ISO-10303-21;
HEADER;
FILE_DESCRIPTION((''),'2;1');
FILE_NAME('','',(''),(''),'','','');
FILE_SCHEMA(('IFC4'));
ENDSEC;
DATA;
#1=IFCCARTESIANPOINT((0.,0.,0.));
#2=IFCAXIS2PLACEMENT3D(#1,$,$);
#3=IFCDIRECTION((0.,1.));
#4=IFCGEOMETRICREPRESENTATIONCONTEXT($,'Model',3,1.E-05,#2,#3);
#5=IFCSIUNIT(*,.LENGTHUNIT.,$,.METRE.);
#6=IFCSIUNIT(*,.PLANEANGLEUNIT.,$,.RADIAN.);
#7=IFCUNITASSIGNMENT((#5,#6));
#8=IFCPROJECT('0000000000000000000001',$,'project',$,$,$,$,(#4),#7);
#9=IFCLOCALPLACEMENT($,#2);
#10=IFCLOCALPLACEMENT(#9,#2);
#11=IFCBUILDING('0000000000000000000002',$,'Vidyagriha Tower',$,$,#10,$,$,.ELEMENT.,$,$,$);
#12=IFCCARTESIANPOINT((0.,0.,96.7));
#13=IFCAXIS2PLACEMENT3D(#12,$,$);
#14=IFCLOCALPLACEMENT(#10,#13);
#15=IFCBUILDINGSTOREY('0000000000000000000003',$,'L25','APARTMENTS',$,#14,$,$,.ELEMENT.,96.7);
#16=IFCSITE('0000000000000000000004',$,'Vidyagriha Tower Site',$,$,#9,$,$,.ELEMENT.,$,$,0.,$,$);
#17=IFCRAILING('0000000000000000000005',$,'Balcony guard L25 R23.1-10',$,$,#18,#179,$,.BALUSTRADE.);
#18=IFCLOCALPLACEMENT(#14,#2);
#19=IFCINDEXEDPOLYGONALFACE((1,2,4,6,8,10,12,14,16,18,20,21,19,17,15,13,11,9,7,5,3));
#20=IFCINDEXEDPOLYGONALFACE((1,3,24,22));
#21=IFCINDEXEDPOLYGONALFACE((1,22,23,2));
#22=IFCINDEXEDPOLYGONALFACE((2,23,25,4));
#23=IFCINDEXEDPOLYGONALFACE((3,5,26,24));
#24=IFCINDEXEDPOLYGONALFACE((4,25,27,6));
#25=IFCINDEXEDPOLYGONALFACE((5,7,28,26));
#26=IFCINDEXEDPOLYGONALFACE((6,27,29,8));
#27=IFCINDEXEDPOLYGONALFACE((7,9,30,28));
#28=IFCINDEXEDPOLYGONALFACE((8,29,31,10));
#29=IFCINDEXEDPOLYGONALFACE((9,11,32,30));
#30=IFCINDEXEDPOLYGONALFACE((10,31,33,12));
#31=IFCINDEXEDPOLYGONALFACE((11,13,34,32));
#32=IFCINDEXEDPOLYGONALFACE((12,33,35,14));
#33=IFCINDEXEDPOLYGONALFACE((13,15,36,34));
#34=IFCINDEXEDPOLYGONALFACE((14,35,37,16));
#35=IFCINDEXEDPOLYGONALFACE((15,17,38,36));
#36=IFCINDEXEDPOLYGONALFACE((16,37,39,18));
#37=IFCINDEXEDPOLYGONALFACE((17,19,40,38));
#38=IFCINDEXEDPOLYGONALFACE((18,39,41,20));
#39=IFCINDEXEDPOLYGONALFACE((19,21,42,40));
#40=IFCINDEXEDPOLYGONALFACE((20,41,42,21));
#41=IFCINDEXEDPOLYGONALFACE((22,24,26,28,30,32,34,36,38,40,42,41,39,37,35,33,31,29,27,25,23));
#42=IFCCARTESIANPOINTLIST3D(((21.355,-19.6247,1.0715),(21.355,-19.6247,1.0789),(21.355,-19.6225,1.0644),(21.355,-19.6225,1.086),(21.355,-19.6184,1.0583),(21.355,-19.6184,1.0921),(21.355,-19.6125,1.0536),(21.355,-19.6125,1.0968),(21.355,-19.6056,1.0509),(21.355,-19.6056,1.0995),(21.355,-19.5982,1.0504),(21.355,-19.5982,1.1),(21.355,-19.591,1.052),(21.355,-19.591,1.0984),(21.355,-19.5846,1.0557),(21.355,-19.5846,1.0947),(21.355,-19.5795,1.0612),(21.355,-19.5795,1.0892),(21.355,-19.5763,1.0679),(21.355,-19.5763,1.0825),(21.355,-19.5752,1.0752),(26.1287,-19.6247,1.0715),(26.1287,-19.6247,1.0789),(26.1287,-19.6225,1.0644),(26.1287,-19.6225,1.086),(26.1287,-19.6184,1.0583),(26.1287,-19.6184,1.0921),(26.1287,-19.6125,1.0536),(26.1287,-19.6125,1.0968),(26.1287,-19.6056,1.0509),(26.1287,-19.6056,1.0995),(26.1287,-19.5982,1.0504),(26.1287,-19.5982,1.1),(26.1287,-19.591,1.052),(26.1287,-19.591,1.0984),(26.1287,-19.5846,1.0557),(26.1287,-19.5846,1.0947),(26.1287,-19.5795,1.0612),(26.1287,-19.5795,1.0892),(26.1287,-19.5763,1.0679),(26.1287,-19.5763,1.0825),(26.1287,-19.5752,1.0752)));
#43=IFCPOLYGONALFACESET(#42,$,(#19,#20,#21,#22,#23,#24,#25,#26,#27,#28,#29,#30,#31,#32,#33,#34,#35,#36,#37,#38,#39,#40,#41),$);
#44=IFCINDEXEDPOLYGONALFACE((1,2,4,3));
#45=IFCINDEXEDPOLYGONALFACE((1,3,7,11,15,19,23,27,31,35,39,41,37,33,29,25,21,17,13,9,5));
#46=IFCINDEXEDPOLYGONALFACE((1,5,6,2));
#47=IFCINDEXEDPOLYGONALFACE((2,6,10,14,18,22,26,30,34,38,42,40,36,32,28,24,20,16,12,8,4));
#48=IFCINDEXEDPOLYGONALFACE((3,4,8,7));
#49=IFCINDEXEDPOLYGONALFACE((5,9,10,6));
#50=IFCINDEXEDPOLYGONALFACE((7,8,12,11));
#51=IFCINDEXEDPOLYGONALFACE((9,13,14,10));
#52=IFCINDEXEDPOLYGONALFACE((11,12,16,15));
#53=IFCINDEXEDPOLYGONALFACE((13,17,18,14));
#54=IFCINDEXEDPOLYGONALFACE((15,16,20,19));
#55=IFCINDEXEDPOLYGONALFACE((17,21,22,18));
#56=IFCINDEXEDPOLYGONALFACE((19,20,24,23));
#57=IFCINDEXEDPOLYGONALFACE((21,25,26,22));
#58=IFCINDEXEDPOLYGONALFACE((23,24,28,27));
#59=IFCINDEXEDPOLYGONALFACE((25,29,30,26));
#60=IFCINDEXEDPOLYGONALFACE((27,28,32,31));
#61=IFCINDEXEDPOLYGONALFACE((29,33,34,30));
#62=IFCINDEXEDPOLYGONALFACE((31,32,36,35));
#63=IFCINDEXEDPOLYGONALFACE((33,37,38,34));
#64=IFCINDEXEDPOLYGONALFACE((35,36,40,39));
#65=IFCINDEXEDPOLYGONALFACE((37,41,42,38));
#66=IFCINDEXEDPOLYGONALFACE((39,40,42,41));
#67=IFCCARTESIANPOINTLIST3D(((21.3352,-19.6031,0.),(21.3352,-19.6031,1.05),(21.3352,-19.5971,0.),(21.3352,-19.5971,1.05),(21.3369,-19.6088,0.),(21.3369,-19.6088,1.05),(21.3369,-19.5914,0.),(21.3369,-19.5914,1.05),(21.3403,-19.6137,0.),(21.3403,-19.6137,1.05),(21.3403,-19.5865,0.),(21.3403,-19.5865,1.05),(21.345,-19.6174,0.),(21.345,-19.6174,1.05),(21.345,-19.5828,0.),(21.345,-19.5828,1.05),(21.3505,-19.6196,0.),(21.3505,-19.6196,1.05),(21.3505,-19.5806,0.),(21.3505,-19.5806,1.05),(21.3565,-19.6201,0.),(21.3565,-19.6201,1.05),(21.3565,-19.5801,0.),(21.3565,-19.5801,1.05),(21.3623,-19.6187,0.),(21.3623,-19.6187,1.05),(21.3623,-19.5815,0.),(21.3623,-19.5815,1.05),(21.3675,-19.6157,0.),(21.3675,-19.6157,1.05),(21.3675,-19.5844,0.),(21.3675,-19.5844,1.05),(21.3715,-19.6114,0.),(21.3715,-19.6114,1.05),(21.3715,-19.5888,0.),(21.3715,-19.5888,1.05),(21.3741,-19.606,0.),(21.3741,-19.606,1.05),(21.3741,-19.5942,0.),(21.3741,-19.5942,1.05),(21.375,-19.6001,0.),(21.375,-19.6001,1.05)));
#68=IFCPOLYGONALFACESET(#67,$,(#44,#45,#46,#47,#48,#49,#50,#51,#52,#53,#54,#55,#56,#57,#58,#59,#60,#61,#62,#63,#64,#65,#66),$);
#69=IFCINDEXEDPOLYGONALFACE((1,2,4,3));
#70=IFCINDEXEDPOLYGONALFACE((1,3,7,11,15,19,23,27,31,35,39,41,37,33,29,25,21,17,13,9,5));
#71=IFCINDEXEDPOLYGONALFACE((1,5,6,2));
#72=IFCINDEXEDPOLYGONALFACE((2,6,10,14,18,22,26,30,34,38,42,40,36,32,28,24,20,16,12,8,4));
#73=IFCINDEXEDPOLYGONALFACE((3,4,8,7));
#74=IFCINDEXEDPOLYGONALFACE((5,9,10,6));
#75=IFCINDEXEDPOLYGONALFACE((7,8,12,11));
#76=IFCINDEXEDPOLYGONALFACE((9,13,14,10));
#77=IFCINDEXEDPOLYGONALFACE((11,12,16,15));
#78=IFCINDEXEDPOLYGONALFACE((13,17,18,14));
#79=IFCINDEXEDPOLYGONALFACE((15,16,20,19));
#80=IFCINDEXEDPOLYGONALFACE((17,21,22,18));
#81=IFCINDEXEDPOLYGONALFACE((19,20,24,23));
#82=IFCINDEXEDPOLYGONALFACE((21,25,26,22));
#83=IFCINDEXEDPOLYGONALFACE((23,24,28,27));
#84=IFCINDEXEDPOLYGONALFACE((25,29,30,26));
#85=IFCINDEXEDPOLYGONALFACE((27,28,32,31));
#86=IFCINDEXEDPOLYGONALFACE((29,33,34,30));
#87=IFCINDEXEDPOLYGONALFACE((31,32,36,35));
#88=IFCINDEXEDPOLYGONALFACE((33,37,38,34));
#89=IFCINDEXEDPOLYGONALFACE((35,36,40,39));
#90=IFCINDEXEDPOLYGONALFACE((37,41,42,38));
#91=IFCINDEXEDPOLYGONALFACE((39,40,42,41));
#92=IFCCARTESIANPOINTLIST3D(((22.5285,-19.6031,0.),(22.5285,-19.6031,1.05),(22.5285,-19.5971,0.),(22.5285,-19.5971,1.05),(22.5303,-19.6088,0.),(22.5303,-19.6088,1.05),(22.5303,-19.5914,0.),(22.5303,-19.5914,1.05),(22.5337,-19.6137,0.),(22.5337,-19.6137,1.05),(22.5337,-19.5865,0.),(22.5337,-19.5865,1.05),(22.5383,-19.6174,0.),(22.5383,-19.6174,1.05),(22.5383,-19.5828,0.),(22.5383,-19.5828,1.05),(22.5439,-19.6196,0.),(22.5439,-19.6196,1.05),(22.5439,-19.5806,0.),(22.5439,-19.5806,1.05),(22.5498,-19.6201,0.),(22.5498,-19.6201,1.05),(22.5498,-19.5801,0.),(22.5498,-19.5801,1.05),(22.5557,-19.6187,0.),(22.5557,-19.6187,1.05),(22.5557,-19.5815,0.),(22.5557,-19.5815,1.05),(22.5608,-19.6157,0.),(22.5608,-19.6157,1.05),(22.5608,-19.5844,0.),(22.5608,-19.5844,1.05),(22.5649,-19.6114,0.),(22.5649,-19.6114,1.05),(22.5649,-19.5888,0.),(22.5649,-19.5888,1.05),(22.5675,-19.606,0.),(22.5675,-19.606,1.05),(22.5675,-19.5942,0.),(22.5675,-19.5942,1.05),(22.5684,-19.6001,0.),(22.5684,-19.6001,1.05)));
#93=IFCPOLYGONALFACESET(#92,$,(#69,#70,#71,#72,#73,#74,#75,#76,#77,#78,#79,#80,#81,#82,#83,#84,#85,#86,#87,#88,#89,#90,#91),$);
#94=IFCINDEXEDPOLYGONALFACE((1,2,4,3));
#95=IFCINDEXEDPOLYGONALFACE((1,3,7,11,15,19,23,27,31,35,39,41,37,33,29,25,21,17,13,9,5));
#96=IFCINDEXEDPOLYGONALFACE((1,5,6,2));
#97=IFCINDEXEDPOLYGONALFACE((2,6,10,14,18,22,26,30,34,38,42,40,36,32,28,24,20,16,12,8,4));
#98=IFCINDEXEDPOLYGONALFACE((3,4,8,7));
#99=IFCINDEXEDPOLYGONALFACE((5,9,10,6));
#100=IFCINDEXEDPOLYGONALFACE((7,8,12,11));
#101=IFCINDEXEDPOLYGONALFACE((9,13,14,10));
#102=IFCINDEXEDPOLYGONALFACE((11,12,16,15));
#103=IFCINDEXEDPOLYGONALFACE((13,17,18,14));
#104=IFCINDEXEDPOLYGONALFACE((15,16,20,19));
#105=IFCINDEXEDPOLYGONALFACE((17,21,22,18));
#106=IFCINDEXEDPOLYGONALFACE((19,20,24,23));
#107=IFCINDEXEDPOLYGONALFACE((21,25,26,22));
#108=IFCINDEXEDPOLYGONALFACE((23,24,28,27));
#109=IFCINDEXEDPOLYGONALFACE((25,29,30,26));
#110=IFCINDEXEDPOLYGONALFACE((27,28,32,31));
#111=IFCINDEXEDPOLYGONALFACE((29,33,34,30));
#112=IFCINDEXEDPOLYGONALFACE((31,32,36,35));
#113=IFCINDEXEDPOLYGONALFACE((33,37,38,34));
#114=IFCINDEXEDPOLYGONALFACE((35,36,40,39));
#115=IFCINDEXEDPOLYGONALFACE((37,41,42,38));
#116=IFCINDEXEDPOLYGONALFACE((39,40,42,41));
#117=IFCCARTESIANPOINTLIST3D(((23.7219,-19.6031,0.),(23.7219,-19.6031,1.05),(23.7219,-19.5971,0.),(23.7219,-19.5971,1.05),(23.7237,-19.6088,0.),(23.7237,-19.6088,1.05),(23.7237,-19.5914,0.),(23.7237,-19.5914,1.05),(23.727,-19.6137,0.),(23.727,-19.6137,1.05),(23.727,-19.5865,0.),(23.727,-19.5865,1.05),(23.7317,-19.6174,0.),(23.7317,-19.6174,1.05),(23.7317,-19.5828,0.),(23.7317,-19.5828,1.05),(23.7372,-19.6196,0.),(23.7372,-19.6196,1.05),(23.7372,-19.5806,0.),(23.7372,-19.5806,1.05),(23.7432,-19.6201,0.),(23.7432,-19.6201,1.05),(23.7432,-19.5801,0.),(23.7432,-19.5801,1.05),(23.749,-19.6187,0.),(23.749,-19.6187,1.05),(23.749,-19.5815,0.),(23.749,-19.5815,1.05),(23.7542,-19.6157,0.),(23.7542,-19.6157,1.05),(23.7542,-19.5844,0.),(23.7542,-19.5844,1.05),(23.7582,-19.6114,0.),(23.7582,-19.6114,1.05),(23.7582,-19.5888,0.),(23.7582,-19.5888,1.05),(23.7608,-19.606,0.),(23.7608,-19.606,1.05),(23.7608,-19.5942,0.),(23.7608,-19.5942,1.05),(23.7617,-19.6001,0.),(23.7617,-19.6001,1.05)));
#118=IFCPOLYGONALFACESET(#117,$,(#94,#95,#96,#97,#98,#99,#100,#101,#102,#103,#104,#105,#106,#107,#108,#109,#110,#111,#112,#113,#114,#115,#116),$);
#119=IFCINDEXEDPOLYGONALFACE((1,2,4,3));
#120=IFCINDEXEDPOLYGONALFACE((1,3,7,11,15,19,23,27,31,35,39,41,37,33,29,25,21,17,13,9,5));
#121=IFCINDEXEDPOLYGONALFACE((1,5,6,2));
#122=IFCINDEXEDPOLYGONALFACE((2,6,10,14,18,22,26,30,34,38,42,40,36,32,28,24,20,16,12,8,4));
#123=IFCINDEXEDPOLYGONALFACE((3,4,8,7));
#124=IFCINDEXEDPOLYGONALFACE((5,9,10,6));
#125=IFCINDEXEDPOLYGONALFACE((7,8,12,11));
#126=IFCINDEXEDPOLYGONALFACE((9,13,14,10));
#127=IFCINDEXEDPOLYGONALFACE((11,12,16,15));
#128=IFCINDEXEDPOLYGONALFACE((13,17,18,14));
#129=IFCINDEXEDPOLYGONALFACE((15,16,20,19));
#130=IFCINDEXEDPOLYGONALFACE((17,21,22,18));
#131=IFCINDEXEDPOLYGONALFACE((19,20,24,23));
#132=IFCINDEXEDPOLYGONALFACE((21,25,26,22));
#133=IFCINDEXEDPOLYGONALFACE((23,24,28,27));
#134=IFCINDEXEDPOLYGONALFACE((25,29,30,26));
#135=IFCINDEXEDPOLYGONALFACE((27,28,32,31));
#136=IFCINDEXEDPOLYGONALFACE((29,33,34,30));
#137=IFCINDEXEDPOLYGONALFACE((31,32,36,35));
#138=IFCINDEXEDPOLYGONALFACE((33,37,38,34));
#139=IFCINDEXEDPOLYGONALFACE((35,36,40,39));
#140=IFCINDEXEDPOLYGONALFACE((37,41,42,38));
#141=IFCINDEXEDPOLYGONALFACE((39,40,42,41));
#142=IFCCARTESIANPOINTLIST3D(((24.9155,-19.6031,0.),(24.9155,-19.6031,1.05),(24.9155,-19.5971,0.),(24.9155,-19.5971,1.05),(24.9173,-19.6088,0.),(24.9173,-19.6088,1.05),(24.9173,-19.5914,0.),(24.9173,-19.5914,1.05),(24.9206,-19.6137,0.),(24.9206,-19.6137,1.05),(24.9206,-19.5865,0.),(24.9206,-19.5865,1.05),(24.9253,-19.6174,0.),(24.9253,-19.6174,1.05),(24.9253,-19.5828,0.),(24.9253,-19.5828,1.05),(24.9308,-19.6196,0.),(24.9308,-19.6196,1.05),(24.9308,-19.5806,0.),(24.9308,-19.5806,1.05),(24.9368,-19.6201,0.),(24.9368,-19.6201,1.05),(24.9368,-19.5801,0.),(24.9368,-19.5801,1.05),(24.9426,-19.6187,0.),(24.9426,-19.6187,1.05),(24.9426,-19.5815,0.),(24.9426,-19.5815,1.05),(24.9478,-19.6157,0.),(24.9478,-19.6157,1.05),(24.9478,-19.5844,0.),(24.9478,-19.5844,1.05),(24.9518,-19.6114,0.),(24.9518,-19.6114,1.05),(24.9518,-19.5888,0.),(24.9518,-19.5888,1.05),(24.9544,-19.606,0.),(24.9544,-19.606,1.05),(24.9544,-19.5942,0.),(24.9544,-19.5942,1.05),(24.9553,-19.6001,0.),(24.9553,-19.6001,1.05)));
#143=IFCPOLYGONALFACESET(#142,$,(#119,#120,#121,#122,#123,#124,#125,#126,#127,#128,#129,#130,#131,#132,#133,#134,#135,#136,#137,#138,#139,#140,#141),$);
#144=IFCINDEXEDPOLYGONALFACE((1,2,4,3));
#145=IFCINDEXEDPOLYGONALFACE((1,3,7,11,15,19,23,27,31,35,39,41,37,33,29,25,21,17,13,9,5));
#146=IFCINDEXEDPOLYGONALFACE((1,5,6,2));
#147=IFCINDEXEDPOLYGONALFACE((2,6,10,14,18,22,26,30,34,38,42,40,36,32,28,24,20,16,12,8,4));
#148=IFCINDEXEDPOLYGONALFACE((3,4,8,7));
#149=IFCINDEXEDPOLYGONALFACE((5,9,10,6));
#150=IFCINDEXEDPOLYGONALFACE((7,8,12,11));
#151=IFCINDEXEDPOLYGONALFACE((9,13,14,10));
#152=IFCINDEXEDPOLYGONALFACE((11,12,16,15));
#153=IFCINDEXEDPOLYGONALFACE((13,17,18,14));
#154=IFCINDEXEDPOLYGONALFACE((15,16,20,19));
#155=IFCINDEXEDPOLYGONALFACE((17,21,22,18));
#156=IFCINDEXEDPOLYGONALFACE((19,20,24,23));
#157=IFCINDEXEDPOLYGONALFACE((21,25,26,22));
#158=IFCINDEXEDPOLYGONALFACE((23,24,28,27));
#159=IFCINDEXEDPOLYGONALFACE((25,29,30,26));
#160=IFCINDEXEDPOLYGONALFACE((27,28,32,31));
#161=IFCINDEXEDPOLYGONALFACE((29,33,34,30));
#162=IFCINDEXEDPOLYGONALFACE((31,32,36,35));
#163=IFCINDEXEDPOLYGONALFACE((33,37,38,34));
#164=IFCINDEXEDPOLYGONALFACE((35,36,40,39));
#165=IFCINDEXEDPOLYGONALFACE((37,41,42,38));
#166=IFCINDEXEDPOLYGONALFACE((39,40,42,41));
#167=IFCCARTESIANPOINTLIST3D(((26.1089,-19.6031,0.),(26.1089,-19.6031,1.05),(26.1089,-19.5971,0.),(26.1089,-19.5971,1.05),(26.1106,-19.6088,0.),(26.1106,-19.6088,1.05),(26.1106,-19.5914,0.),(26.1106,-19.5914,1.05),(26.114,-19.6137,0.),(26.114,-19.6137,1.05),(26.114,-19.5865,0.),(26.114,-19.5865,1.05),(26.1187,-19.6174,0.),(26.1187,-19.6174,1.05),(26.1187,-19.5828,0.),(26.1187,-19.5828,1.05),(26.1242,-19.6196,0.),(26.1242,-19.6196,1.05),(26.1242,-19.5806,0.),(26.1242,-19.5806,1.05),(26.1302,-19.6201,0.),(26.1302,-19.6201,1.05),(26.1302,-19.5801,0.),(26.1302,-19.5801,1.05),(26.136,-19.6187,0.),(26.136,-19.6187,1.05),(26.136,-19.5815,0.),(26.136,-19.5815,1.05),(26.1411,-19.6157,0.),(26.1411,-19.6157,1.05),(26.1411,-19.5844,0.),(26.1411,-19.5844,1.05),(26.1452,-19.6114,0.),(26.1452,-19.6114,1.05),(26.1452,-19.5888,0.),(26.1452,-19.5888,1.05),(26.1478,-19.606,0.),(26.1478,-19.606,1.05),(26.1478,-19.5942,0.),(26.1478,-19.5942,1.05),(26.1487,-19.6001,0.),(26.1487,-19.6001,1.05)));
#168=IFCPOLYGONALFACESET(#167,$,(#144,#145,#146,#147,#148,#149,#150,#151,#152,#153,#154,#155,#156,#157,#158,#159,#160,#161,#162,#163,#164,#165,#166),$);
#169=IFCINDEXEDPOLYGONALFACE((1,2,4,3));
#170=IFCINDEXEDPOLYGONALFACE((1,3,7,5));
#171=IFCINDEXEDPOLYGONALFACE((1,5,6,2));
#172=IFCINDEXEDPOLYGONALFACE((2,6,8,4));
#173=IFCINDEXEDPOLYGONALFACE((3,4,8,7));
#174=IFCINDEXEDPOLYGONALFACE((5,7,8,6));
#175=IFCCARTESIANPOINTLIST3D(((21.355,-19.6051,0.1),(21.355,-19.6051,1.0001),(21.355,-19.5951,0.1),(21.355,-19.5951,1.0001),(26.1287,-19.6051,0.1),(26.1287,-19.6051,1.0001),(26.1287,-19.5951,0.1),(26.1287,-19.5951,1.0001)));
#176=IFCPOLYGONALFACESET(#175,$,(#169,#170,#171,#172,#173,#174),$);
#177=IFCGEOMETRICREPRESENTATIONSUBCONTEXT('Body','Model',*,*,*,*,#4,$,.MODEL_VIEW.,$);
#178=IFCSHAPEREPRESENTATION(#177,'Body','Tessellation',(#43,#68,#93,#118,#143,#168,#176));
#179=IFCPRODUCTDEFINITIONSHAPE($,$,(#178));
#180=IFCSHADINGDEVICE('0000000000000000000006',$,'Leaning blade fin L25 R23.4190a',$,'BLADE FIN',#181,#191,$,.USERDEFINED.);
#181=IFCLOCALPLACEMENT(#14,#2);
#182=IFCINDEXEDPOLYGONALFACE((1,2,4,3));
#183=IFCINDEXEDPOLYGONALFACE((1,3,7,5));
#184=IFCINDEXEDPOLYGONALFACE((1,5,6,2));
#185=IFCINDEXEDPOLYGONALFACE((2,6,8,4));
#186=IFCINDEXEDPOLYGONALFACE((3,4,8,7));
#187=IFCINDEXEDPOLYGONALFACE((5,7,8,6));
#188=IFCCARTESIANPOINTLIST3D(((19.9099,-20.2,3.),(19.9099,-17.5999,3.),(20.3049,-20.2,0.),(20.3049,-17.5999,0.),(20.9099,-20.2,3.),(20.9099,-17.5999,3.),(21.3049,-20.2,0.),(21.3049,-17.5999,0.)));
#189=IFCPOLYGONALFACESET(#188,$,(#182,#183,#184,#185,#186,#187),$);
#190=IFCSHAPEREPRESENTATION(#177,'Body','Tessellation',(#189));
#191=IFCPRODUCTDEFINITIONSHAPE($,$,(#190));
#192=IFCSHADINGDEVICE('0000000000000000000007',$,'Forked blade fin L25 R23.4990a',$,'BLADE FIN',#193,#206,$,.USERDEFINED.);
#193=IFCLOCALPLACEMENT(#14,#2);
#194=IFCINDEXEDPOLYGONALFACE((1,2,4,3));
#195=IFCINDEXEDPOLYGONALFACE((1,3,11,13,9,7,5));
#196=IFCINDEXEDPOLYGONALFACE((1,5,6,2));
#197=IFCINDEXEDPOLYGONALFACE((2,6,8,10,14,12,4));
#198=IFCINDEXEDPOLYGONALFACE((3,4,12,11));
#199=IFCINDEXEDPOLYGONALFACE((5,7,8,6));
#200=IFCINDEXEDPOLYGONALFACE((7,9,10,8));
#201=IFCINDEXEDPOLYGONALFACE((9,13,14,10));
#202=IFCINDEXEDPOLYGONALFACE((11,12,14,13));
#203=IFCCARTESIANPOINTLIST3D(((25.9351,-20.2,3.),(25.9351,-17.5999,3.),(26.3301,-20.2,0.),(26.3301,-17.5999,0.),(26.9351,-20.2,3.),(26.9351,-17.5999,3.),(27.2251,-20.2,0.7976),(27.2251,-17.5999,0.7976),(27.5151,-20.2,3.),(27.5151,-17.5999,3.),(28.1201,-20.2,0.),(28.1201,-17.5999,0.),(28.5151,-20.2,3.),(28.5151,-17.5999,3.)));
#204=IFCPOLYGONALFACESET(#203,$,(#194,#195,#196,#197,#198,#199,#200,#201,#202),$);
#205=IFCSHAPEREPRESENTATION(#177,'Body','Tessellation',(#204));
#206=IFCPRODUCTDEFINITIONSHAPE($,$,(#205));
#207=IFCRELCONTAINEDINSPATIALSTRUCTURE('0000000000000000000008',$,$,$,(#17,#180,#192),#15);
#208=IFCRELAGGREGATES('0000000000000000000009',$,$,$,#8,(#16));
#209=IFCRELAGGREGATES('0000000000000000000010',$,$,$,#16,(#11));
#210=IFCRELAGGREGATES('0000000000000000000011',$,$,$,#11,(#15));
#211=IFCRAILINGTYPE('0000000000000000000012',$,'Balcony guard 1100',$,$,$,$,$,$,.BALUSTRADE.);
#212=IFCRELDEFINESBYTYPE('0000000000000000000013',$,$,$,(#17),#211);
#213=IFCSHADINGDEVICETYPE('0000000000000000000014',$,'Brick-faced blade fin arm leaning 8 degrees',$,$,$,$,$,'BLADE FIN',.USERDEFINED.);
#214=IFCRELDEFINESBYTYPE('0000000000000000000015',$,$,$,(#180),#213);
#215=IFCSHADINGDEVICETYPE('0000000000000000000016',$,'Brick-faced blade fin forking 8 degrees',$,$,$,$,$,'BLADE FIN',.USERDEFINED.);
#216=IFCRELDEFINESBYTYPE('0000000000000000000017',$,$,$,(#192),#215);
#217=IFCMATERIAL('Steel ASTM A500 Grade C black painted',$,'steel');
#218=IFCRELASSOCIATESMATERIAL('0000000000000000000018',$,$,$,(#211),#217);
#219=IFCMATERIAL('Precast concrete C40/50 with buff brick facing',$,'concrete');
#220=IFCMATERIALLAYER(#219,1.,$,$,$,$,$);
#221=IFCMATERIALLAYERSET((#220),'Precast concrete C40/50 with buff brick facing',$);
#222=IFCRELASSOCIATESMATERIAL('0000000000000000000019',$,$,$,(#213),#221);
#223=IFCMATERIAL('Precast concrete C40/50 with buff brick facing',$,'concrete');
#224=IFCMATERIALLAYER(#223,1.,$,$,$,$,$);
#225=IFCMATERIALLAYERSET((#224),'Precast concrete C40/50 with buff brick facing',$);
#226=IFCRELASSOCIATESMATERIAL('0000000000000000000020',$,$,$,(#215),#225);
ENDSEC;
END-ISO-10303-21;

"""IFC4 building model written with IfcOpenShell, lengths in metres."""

from ifc_helpers import new_model, si_unit, direction, frame, origin, origin_2d, place, context, subcontext, project, spatial, polyline, rectangle, circle, outline, extrude, material, layer, layer_set, type_object, element, save


model = new_model("IFC4")

# Units and contexts
model_context = context("Model", 3, precision=1e-05, world=origin(), true_north=direction((0.0, 1.0)))
body_context = subcontext(model_context, "Body", "Model", "MODEL_VIEW")
ifc_project = project(units=[si_unit("LENGTHUNIT", "METRE"), si_unit("PLANEANGLEUNIT", "RADIAN")], contexts=[model_context])

# Site, building, storey
site_placement = place(None, origin())
site = spatial("IfcSite", under=ifc_project, at=site_placement, Name="Vidyagriha Tower Site", CompositionType="ELEMENT", RefElevation=0.0)
building_placement = place(site_placement, origin())
building = spatial("IfcBuilding", under=site, at=building_placement, Name="Vidyagriha Tower", CompositionType="ELEMENT")
storey_placement = place(building_placement, frame((0.0, 0.0, 96.7)))
storey = spatial("IfcBuildingStorey", under=building, at=storey_placement, Name="L25", Description="APARTMENTS", CompositionType="ELEMENT", Elevation=96.7)

# Railing
ifc_material_1 = material(Name="Steel ASTM A500 Grade C black painted", Category="steel")
railing_type = type_object("IfcRailingType", Name="Balcony guard 1100", PredefinedType="BALUSTRADE", material=ifc_material_1)
railing_1_placement = place(storey_placement, frame((21.355, -19.6001, 0.0)))
element("IfcRailing", 1, at=railing_1_placement, inside=storey, type_object=railing_type, Name="Balcony guard L25 R23.1-10", PredefinedType="BALUSTRADE", context=body_context, shape_type="SweptSolid", body=[
    extrude(circle(Radius=0.0249, at=origin_2d()), frame((0.0, 0.0, 1.0752), z_axis=(1.0, 0.0, 0.0), x_axis=(0.0, 1.0, 0.0)), (0.0, 0.0, 1.0), 4.7737),
    extrude(circle(Radius=0.02, at=origin_2d()), origin(), (0.0, 0.0, 1.0), 1.05),
    extrude(circle(Radius=0.02, at=origin_2d()), frame((1.1934, 0.0, 0.0)), (0.0, 0.0, 1.0), 1.05),
    extrude(circle(Radius=0.02, at=origin_2d()), frame((2.3867, 0.0, 0.0)), (0.0, 0.0, 1.0), 1.05),
    extrude(circle(Radius=0.02, at=origin_2d()), frame((3.5803, 0.0, 0.0)), (0.0, 0.0, 1.0), 1.05),
    extrude(circle(Radius=0.02, at=origin_2d()), frame((4.7737, 0.0, 0.0)), (0.0, 0.0, 1.0), 1.05),
    extrude(rectangle(XDim=0.01, YDim=0.9001, at=origin_2d()), frame((0.0, 0.0, 0.55), z_axis=(1.0, 0.0, 0.0), x_axis=(0.0, 1.0, 0.0)), (0.0, 0.0, 1.0), 4.7737),
])

# Shading devices
ifc_material_2 = material(Name="Precast concrete C40/50 with buff brick facing", Category="concrete")
ifc_layer_1 = layer(ifc_material_2, 1.0)
ifc_layer_set_1 = layer_set([ifc_layer_1], Name="Precast concrete C40/50 with buff brick facing")
shading_device_type_1 = type_object("IfcShadingDeviceType", Name="Brick-faced blade fin arm leaning 8 degrees", ElementType="BLADE FIN", PredefinedType="USERDEFINED", material=ifc_layer_set_1)
shading_device_1_placement = place(storey_placement, frame((19.9099, -18.8999, 0.0)))
element("IfcShadingDevice", 2, at=shading_device_1_placement, inside=storey, type_object=shading_device_type_1, Name="Leaning blade fin L25 R23.4190a", ObjectType="BLADE FIN", PredefinedType="USERDEFINED", context=body_context, shape_type="SweptSolid", body=[
    extrude(outline(polyline([(0.395, 0.0), (1.395, 0.0), (1.0, 3.0), (0.0, 3.0), (0.395, 0.0)])), frame((0.0, 1.3, 0.0), z_axis=(0.0, -1.0, 0.0), x_axis=(1.0, 0.0, 0.0)), (0.0, 0.0, 1.0), 2.6001),
])
ifc_material_3 = material(Name="Precast concrete C40/50 with buff brick facing", Category="concrete")
ifc_layer_2 = layer(ifc_material_3, 1.0)
ifc_layer_set_2 = layer_set([ifc_layer_2], Name="Precast concrete C40/50 with buff brick facing")
shading_device_type_2 = type_object("IfcShadingDeviceType", Name="Brick-faced blade fin forking 8 degrees", ElementType="BLADE FIN", PredefinedType="USERDEFINED", material=ifc_layer_set_2)
shading_device_2_placement = place(storey_placement, frame((25.9351, -18.8999, 0.0)))
element("IfcShadingDevice", 3, at=shading_device_2_placement, inside=storey, type_object=shading_device_type_2, Name="Forked blade fin L25 R23.4990a", ObjectType="BLADE FIN", PredefinedType="USERDEFINED", context=body_context, shape_type="SweptSolid", body=[
    extrude(outline(polyline([(0.395, 0.0), (2.1851, 0.0), (2.5801, 3.0), (1.5801, 3.0), (1.29, 0.7976), (1.0, 3.0), (0.0, 3.0), (0.395, 0.0)])), frame((0.0, 1.3, 0.0), z_axis=(0.0, -1.0, 0.0), x_axis=(1.0, 0.0, 0.0)), (0.0, 0.0, 1.0), 2.6001),
])

save(model, "model.ifc")
